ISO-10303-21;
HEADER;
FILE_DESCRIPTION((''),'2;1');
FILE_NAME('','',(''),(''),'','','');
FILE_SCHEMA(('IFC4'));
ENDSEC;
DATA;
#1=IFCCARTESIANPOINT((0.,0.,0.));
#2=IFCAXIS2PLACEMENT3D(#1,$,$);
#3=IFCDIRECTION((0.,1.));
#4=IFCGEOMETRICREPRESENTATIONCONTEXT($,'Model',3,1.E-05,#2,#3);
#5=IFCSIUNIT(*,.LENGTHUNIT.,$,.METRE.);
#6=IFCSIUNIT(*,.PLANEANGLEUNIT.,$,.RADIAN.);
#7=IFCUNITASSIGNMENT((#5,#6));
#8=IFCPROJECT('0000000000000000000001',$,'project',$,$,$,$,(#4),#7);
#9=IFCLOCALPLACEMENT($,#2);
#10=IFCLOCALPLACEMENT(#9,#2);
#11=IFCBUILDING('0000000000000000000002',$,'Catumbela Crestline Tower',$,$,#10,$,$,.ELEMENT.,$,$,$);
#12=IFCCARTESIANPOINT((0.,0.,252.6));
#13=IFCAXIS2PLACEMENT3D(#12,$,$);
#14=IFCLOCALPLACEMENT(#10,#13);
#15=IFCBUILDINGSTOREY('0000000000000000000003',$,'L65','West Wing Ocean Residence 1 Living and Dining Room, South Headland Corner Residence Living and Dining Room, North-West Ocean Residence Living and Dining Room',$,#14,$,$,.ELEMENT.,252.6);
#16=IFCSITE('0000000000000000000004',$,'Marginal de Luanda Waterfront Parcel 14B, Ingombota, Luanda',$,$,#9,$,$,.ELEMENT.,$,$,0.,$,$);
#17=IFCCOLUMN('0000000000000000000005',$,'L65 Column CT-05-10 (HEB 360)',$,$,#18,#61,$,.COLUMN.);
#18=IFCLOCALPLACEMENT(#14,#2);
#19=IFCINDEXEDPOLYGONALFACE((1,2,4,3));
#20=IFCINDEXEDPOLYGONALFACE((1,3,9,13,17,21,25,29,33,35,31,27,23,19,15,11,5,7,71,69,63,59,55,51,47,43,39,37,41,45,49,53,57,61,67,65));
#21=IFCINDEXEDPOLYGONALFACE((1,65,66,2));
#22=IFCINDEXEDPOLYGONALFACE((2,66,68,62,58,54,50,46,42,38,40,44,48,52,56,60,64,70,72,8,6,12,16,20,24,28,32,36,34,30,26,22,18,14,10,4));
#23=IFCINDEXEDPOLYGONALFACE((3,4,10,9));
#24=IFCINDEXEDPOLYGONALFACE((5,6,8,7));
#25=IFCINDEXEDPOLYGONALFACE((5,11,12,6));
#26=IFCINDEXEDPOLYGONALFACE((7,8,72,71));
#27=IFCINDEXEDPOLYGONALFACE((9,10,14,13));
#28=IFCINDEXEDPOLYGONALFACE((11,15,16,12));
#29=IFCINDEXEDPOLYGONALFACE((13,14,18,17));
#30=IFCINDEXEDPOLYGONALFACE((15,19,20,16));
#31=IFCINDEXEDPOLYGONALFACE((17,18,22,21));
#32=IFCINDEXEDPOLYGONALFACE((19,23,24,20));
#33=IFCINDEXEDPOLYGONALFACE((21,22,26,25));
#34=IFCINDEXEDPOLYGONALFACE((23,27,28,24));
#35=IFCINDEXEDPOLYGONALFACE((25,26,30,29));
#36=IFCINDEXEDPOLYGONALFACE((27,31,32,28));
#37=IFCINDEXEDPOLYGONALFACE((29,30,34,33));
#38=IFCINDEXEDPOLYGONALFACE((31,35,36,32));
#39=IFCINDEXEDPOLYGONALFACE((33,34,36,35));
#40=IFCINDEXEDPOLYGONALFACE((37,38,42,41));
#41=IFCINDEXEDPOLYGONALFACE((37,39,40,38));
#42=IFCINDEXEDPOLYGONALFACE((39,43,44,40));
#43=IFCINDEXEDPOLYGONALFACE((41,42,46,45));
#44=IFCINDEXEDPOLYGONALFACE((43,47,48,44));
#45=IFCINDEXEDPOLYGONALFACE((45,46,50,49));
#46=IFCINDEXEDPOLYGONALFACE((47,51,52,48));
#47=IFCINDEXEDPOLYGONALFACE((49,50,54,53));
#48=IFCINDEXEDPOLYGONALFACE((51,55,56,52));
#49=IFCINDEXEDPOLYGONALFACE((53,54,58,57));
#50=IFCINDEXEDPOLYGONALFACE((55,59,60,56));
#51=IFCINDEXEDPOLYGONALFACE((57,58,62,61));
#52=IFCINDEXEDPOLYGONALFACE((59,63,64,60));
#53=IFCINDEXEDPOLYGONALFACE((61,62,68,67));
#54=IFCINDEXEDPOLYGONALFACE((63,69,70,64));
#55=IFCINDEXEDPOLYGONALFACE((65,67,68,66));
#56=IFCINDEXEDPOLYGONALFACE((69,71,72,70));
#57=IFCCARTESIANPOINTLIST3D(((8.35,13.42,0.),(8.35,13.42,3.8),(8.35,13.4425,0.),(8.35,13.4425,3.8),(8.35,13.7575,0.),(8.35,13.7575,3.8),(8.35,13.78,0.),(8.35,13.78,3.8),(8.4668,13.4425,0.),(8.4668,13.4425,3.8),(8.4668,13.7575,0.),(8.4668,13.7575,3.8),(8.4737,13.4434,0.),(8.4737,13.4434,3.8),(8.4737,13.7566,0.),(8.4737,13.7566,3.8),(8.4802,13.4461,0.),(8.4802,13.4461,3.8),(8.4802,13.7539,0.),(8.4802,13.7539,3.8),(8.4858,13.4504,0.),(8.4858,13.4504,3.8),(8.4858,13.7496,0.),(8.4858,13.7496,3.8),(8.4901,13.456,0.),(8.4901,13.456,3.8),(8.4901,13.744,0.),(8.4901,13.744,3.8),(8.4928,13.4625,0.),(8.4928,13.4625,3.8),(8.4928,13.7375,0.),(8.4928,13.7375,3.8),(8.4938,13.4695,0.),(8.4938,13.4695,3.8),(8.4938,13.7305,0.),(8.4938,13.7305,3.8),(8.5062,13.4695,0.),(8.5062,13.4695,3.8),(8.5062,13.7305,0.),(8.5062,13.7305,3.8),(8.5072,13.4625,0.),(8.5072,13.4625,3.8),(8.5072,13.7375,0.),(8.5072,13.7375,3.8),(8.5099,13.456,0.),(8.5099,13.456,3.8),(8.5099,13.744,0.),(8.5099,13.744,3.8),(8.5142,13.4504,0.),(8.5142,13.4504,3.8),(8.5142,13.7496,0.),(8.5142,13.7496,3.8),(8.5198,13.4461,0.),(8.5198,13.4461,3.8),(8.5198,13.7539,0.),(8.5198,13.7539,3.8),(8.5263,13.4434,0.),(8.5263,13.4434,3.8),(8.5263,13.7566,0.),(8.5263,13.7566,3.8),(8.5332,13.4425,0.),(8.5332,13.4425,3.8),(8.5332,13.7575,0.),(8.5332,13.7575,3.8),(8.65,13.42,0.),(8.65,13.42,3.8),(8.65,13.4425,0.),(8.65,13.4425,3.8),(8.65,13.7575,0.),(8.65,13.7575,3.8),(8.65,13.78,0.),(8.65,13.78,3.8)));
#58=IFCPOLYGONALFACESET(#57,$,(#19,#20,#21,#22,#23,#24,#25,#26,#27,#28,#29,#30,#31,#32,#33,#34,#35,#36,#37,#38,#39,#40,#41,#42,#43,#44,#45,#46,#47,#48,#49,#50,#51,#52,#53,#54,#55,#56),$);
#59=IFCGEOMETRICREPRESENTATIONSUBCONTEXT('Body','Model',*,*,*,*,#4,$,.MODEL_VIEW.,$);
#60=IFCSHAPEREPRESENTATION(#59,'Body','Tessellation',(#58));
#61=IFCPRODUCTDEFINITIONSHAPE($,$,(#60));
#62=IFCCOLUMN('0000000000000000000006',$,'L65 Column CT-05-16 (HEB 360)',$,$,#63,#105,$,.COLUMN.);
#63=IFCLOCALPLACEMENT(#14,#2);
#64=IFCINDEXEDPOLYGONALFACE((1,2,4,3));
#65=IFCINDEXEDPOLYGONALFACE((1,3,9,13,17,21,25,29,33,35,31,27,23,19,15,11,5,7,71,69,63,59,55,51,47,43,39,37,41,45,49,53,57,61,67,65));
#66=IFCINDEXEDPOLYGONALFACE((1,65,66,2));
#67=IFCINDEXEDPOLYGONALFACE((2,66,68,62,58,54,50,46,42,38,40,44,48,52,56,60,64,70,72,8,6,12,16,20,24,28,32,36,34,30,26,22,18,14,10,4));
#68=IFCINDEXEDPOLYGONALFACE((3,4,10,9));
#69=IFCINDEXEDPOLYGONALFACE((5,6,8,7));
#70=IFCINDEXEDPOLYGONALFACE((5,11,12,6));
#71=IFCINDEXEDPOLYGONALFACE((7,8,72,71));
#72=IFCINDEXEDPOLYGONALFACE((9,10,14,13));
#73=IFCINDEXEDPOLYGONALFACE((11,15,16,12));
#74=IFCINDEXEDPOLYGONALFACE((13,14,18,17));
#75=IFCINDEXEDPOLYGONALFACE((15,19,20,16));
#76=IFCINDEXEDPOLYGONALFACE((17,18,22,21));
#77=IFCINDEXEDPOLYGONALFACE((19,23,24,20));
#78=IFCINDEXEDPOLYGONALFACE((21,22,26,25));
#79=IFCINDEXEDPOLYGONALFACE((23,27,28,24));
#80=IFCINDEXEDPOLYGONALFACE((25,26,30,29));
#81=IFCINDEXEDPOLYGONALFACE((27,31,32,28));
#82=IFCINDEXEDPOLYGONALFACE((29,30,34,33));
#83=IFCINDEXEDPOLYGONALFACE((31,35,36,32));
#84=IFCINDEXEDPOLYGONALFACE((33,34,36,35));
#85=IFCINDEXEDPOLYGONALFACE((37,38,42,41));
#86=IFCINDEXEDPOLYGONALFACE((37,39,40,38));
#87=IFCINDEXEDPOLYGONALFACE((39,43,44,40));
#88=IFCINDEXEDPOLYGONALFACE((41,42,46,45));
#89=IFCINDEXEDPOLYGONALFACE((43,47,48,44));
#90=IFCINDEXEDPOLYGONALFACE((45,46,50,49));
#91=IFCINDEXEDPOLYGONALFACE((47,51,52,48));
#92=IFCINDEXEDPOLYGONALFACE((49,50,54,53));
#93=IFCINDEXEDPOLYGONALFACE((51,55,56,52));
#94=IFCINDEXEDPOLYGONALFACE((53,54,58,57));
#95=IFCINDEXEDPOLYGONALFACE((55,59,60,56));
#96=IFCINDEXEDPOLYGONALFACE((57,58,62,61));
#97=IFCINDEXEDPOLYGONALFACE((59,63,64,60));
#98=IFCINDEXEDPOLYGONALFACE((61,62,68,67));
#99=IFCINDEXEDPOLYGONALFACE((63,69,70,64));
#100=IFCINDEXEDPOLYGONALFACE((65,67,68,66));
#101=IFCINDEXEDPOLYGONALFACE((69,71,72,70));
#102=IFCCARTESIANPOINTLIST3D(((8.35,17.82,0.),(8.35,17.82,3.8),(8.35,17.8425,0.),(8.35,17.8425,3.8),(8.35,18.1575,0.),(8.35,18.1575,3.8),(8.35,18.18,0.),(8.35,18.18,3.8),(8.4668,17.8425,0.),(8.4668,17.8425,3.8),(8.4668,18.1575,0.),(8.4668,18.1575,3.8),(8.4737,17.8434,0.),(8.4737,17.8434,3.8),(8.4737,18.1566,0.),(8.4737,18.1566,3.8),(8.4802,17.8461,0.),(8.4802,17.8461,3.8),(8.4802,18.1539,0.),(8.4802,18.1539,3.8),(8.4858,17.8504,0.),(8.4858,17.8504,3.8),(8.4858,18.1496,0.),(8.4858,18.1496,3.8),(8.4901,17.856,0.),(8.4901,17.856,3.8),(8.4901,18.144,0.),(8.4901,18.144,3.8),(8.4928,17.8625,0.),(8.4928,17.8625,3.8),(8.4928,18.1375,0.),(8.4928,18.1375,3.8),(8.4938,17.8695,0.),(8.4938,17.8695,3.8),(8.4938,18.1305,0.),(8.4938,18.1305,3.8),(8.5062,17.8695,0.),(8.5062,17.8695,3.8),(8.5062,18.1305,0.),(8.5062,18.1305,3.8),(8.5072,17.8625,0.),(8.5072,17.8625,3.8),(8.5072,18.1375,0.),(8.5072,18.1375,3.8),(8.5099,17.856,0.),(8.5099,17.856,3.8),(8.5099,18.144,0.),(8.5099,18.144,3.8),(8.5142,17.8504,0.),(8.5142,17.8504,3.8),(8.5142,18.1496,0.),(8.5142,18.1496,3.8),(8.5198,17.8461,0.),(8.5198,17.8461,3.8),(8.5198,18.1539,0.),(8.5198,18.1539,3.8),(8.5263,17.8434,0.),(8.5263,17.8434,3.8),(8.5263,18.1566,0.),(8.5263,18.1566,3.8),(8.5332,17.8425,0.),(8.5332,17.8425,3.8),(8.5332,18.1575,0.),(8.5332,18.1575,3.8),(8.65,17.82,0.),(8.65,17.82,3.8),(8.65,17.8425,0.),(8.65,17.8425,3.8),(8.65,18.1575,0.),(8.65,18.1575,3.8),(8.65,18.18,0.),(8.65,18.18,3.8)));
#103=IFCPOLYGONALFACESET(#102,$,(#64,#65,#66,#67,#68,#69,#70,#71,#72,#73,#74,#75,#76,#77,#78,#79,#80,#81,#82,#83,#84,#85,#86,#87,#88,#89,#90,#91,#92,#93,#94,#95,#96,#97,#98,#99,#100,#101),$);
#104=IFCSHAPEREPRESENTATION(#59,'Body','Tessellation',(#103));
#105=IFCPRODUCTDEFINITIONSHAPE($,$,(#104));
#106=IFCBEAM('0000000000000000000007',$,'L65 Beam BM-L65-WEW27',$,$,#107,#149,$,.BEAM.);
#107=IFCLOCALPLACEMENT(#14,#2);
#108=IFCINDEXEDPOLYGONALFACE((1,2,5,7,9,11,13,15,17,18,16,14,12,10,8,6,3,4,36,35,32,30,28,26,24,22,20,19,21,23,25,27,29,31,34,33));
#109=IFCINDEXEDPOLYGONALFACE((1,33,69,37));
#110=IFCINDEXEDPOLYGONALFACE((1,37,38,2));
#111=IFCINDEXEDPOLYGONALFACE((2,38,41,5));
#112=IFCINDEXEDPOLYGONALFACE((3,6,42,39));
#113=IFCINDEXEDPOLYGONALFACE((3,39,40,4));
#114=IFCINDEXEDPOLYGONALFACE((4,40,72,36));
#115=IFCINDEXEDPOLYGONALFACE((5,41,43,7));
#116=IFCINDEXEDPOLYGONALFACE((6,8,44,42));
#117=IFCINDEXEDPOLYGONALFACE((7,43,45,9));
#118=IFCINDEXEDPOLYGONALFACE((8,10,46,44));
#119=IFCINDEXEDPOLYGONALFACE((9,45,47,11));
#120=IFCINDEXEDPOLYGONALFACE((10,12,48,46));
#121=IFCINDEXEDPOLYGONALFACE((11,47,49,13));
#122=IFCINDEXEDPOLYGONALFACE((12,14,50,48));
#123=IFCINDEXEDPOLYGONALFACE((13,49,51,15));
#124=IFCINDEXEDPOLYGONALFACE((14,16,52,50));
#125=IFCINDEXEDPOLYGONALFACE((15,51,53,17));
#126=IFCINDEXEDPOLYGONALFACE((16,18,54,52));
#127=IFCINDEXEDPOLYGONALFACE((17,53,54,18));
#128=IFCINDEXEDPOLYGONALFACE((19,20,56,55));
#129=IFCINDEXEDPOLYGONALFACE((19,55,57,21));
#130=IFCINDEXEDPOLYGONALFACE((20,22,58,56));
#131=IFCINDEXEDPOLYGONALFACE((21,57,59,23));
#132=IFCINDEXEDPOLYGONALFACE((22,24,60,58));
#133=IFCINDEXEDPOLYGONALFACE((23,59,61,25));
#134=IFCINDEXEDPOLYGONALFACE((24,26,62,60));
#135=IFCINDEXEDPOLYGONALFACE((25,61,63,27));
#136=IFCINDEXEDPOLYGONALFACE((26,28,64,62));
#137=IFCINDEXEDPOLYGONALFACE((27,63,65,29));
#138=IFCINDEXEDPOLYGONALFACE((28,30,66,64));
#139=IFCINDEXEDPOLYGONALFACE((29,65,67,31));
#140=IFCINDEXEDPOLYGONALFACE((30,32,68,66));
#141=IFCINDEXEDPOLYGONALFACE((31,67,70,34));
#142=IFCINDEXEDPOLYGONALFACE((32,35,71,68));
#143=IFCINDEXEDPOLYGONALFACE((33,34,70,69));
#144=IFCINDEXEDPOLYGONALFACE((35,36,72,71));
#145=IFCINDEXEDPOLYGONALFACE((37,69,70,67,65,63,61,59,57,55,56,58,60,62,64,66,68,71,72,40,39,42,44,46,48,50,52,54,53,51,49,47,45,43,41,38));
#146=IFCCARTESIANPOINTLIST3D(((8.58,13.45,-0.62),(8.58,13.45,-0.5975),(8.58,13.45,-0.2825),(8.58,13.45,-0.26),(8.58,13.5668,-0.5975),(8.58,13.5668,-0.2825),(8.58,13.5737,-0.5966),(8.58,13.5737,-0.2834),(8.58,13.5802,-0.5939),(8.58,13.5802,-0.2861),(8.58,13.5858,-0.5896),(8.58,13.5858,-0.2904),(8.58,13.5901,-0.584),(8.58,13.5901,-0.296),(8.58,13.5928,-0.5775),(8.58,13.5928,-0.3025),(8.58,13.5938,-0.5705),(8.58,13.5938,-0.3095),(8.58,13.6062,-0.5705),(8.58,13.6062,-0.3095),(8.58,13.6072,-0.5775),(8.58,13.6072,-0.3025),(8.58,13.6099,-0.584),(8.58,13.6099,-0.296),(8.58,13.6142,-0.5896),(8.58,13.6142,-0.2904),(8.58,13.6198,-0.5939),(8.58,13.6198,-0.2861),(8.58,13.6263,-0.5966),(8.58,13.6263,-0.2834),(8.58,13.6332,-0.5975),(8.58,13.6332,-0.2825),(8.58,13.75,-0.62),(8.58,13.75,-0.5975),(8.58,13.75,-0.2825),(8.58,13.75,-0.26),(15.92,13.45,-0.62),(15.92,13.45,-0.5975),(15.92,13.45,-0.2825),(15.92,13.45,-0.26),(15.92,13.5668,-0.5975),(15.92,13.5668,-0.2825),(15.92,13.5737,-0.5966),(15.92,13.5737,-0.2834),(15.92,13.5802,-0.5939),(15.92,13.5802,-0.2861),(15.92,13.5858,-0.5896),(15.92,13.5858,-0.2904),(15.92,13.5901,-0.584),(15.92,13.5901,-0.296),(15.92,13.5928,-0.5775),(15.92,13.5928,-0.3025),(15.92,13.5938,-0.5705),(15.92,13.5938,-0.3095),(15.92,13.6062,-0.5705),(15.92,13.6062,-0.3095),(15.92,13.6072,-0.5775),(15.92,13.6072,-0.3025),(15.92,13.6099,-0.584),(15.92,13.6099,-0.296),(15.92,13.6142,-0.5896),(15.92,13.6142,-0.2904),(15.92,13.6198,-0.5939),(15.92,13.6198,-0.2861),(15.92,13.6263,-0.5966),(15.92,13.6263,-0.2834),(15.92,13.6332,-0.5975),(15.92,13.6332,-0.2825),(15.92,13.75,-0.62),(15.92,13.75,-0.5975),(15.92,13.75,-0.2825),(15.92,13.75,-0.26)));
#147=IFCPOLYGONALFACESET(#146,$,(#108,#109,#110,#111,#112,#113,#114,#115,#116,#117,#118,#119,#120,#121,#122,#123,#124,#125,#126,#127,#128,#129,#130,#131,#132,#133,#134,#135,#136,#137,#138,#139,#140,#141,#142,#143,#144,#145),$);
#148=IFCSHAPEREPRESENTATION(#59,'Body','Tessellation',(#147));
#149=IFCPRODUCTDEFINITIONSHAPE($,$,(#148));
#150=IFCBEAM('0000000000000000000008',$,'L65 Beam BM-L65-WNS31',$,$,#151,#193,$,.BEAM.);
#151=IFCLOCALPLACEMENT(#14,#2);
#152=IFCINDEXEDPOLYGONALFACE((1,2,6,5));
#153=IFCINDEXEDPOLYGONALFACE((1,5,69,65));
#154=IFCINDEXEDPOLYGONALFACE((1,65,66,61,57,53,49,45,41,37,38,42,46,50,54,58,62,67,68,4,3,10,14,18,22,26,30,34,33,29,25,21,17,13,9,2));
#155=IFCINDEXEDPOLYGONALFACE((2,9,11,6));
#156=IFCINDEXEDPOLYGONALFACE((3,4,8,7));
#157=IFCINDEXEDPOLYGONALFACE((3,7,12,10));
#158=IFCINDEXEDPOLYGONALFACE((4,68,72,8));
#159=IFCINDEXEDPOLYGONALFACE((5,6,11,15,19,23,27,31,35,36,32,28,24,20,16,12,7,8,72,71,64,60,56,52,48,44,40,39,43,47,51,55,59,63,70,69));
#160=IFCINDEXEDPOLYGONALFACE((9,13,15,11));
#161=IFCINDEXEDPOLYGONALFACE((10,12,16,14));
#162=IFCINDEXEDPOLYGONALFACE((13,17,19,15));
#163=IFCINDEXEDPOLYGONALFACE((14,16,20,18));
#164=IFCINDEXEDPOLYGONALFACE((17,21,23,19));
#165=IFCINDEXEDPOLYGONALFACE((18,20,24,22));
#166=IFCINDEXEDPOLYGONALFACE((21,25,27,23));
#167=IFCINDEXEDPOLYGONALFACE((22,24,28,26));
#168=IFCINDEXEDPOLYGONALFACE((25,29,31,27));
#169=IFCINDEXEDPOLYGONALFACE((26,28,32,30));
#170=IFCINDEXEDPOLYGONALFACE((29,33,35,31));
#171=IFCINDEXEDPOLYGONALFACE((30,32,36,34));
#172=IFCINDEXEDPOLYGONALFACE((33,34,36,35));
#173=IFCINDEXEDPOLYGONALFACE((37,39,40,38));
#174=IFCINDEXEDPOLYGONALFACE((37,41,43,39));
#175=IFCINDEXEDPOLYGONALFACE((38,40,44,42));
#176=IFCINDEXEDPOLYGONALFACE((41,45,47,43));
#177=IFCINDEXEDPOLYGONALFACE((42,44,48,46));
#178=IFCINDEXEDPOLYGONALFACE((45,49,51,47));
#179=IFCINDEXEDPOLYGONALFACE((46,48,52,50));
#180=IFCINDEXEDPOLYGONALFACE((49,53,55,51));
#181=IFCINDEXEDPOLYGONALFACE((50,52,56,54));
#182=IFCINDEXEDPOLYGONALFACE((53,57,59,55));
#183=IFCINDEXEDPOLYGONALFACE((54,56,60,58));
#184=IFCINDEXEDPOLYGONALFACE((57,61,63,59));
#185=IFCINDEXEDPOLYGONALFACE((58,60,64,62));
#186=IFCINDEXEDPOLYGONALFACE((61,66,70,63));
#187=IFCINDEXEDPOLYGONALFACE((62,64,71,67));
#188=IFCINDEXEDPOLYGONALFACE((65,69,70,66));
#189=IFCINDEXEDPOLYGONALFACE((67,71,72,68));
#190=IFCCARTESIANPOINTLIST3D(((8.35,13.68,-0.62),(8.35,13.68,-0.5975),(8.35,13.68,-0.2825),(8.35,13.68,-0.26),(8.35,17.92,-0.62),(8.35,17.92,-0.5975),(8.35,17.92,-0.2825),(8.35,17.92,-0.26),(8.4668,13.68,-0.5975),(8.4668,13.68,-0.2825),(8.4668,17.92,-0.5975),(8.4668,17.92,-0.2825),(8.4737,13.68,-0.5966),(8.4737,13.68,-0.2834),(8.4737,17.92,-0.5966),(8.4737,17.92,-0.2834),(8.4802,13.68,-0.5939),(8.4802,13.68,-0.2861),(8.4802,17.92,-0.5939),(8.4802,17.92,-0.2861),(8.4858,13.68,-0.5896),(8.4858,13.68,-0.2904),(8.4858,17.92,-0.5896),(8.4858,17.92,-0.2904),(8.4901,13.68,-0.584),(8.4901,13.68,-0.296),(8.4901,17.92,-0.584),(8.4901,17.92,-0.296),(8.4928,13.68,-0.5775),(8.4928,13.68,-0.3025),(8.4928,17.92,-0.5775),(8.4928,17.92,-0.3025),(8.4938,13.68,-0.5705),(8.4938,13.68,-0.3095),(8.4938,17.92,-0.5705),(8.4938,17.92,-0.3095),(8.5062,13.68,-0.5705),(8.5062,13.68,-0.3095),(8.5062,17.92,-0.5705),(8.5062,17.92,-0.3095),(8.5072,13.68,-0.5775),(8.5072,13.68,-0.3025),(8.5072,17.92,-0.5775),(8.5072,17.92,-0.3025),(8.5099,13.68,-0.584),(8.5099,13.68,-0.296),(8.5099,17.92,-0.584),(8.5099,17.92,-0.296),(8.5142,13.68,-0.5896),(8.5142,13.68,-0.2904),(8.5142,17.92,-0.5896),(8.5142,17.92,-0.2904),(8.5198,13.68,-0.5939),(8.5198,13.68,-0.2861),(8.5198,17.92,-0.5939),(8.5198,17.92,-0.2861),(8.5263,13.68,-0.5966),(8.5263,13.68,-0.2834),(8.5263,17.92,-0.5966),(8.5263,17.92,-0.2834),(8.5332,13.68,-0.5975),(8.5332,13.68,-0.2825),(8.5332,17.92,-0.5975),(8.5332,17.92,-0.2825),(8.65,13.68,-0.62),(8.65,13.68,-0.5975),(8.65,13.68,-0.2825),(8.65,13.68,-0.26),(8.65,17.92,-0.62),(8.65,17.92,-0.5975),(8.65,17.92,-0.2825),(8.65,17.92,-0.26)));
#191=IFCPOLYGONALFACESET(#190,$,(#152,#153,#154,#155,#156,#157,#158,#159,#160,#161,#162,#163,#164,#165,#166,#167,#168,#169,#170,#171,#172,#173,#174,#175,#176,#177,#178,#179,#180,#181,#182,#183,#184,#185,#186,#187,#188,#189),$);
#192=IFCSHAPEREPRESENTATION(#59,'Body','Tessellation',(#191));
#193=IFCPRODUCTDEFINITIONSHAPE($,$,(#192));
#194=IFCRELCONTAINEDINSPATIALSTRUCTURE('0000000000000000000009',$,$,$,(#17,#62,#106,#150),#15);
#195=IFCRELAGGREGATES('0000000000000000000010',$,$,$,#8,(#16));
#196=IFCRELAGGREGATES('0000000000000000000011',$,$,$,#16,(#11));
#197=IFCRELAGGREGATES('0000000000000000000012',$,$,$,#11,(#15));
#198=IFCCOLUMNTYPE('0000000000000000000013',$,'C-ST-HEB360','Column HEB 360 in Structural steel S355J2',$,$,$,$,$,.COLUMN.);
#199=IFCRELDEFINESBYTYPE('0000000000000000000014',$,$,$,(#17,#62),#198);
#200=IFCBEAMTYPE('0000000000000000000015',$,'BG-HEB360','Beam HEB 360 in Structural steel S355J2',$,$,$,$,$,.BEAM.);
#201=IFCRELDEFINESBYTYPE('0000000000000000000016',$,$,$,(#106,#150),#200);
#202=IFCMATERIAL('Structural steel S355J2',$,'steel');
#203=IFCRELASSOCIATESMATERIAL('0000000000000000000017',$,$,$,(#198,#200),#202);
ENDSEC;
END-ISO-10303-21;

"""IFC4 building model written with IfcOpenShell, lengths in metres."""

from ifc_helpers import new_model, si_unit, direction, frame, origin, origin_2d, place, context, subcontext, project, spatial, i_section, extrude, material, material_profile, profile_set, type_object, element, save


model = new_model("IFC4")

# Units and contexts
model_context = context("Model", 3, precision=1e-05, world=origin(), true_north=direction((0.0, 1.0)))
body_context = subcontext(model_context, "Body", "Model", "MODEL_VIEW")
ifc_project = project(units=[si_unit("LENGTHUNIT", "METRE"), si_unit("PLANEANGLEUNIT", "RADIAN")], contexts=[model_context])

# Site, building, storey
site_placement = place(None, origin())
site = spatial("IfcSite", under=ifc_project, at=site_placement, Name="Marginal de Luanda Waterfront Parcel 14B, Ingombota, Luanda", CompositionType="ELEMENT", RefElevation=0.0)
building_placement = place(site_placement, origin())
building = spatial("IfcBuilding", under=site, at=building_placement, Name="Catumbela Crestline Tower", CompositionType="ELEMENT")
storey_placement = place(building_placement, frame((0.0, 0.0, 252.6)))
storey = spatial("IfcBuildingStorey", under=building, at=storey_placement, Name="L65", Description="West Wing Ocean Residence 1 Living and Dining Room, South Headland Corner Residence Living and Dining Room, North-West Ocean Residence Living and Dining Room", CompositionType="ELEMENT", Elevation=252.6)

# Columns
ifc_material_1 = material(Name="Structural steel S355J2", Category="steel")
ifc_material_profile_1 = material_profile(ifc_material_1, i_section(OverallWidth=0.3, OverallDepth=0.36, WebThickness=0.0125, FlangeThickness=0.0225, FilletRadius=0.027, at=origin_2d()), Name="HEB 360")
ifc_profile_set_1 = profile_set([ifc_material_profile_1], Name="Structural steel S355J2")
column_type = type_object("IfcColumnType", Name="C-ST-HEB360", Description="Column HEB 360 in Structural steel S355J2", PredefinedType="COLUMN", material=ifc_profile_set_1)
for number, where, z_axis, x_axis, name in (
    (1, (8.5, 13.6, 0.0), (0.0, 0.0, 1.0), (1.0, 0.0, 0.0), "L65 Column CT-05-10 (HEB 360)"),
    (2, (8.5, 18.0, 0.0), (0.0, 0.0, 1.0), (1.0, 0.0, 0.0), "L65 Column CT-05-16 (HEB 360)"),
):
    element("IfcColumn", number, at=place(storey_placement, frame(where, z_axis=z_axis, x_axis=x_axis)), inside=storey, type_object=column_type, Name=name, PredefinedType="COLUMN", context=body_context, shape_type="SweptSolid", body=[
        extrude(i_section(OverallWidth=0.3, OverallDepth=0.36, WebThickness=0.0125, FlangeThickness=0.0225, FilletRadius=0.027, at=origin_2d()), origin(), (0.0, 0.0, 1.0), 3.8),
    ])

# Beams
ifc_material_profile_2 = material_profile(ifc_material_1, i_section(OverallWidth=0.3, OverallDepth=0.36, WebThickness=0.0125, FlangeThickness=0.0225, FilletRadius=0.027, at=origin_2d()), Name="HEB 360")
ifc_profile_set_2 = profile_set([ifc_material_profile_2], Name="Structural steel S355J2")
beam_type = type_object("IfcBeamType", Name="BG-HEB360", Description="Beam HEB 360 in Structural steel S355J2", PredefinedType="BEAM", material=ifc_profile_set_2)
beam_1_placement = place(storey_placement, frame((8.58, 13.6, -0.44), z_axis=(1.0, 0.0, 0.0), x_axis=(0.0, 1.0, 0.0)))
element("IfcBeam", 3, at=beam_1_placement, inside=storey, type_object=beam_type, Name="L65 Beam BM-L65-WEW27", PredefinedType="BEAM", context=body_context, shape_type="SweptSolid", body=[
    extrude(i_section(OverallWidth=0.3, OverallDepth=0.36, WebThickness=0.0125, FlangeThickness=0.0225, FilletRadius=0.027, at=origin_2d()), origin(), (0.0, 0.0, 1.0), 7.34),
])
beam_2_placement = place(storey_placement, frame((8.5, 13.68, -0.44), z_axis=(0.0, 1.0, 0.0), x_axis=(-1.0, 0.0, 0.0)))
element("IfcBeam", 4, at=beam_2_placement, inside=storey, type_object=beam_type, Name="L65 Beam BM-L65-WNS31", PredefinedType="BEAM", context=body_context, shape_type="SweptSolid", body=[
    extrude(i_section(OverallWidth=0.3, OverallDepth=0.36, WebThickness=0.0125, FlangeThickness=0.0225, FilletRadius=0.027, at=origin_2d()), origin(), (0.0, 0.0, 1.0), 4.24),
])

save(model, "model.ifc")
